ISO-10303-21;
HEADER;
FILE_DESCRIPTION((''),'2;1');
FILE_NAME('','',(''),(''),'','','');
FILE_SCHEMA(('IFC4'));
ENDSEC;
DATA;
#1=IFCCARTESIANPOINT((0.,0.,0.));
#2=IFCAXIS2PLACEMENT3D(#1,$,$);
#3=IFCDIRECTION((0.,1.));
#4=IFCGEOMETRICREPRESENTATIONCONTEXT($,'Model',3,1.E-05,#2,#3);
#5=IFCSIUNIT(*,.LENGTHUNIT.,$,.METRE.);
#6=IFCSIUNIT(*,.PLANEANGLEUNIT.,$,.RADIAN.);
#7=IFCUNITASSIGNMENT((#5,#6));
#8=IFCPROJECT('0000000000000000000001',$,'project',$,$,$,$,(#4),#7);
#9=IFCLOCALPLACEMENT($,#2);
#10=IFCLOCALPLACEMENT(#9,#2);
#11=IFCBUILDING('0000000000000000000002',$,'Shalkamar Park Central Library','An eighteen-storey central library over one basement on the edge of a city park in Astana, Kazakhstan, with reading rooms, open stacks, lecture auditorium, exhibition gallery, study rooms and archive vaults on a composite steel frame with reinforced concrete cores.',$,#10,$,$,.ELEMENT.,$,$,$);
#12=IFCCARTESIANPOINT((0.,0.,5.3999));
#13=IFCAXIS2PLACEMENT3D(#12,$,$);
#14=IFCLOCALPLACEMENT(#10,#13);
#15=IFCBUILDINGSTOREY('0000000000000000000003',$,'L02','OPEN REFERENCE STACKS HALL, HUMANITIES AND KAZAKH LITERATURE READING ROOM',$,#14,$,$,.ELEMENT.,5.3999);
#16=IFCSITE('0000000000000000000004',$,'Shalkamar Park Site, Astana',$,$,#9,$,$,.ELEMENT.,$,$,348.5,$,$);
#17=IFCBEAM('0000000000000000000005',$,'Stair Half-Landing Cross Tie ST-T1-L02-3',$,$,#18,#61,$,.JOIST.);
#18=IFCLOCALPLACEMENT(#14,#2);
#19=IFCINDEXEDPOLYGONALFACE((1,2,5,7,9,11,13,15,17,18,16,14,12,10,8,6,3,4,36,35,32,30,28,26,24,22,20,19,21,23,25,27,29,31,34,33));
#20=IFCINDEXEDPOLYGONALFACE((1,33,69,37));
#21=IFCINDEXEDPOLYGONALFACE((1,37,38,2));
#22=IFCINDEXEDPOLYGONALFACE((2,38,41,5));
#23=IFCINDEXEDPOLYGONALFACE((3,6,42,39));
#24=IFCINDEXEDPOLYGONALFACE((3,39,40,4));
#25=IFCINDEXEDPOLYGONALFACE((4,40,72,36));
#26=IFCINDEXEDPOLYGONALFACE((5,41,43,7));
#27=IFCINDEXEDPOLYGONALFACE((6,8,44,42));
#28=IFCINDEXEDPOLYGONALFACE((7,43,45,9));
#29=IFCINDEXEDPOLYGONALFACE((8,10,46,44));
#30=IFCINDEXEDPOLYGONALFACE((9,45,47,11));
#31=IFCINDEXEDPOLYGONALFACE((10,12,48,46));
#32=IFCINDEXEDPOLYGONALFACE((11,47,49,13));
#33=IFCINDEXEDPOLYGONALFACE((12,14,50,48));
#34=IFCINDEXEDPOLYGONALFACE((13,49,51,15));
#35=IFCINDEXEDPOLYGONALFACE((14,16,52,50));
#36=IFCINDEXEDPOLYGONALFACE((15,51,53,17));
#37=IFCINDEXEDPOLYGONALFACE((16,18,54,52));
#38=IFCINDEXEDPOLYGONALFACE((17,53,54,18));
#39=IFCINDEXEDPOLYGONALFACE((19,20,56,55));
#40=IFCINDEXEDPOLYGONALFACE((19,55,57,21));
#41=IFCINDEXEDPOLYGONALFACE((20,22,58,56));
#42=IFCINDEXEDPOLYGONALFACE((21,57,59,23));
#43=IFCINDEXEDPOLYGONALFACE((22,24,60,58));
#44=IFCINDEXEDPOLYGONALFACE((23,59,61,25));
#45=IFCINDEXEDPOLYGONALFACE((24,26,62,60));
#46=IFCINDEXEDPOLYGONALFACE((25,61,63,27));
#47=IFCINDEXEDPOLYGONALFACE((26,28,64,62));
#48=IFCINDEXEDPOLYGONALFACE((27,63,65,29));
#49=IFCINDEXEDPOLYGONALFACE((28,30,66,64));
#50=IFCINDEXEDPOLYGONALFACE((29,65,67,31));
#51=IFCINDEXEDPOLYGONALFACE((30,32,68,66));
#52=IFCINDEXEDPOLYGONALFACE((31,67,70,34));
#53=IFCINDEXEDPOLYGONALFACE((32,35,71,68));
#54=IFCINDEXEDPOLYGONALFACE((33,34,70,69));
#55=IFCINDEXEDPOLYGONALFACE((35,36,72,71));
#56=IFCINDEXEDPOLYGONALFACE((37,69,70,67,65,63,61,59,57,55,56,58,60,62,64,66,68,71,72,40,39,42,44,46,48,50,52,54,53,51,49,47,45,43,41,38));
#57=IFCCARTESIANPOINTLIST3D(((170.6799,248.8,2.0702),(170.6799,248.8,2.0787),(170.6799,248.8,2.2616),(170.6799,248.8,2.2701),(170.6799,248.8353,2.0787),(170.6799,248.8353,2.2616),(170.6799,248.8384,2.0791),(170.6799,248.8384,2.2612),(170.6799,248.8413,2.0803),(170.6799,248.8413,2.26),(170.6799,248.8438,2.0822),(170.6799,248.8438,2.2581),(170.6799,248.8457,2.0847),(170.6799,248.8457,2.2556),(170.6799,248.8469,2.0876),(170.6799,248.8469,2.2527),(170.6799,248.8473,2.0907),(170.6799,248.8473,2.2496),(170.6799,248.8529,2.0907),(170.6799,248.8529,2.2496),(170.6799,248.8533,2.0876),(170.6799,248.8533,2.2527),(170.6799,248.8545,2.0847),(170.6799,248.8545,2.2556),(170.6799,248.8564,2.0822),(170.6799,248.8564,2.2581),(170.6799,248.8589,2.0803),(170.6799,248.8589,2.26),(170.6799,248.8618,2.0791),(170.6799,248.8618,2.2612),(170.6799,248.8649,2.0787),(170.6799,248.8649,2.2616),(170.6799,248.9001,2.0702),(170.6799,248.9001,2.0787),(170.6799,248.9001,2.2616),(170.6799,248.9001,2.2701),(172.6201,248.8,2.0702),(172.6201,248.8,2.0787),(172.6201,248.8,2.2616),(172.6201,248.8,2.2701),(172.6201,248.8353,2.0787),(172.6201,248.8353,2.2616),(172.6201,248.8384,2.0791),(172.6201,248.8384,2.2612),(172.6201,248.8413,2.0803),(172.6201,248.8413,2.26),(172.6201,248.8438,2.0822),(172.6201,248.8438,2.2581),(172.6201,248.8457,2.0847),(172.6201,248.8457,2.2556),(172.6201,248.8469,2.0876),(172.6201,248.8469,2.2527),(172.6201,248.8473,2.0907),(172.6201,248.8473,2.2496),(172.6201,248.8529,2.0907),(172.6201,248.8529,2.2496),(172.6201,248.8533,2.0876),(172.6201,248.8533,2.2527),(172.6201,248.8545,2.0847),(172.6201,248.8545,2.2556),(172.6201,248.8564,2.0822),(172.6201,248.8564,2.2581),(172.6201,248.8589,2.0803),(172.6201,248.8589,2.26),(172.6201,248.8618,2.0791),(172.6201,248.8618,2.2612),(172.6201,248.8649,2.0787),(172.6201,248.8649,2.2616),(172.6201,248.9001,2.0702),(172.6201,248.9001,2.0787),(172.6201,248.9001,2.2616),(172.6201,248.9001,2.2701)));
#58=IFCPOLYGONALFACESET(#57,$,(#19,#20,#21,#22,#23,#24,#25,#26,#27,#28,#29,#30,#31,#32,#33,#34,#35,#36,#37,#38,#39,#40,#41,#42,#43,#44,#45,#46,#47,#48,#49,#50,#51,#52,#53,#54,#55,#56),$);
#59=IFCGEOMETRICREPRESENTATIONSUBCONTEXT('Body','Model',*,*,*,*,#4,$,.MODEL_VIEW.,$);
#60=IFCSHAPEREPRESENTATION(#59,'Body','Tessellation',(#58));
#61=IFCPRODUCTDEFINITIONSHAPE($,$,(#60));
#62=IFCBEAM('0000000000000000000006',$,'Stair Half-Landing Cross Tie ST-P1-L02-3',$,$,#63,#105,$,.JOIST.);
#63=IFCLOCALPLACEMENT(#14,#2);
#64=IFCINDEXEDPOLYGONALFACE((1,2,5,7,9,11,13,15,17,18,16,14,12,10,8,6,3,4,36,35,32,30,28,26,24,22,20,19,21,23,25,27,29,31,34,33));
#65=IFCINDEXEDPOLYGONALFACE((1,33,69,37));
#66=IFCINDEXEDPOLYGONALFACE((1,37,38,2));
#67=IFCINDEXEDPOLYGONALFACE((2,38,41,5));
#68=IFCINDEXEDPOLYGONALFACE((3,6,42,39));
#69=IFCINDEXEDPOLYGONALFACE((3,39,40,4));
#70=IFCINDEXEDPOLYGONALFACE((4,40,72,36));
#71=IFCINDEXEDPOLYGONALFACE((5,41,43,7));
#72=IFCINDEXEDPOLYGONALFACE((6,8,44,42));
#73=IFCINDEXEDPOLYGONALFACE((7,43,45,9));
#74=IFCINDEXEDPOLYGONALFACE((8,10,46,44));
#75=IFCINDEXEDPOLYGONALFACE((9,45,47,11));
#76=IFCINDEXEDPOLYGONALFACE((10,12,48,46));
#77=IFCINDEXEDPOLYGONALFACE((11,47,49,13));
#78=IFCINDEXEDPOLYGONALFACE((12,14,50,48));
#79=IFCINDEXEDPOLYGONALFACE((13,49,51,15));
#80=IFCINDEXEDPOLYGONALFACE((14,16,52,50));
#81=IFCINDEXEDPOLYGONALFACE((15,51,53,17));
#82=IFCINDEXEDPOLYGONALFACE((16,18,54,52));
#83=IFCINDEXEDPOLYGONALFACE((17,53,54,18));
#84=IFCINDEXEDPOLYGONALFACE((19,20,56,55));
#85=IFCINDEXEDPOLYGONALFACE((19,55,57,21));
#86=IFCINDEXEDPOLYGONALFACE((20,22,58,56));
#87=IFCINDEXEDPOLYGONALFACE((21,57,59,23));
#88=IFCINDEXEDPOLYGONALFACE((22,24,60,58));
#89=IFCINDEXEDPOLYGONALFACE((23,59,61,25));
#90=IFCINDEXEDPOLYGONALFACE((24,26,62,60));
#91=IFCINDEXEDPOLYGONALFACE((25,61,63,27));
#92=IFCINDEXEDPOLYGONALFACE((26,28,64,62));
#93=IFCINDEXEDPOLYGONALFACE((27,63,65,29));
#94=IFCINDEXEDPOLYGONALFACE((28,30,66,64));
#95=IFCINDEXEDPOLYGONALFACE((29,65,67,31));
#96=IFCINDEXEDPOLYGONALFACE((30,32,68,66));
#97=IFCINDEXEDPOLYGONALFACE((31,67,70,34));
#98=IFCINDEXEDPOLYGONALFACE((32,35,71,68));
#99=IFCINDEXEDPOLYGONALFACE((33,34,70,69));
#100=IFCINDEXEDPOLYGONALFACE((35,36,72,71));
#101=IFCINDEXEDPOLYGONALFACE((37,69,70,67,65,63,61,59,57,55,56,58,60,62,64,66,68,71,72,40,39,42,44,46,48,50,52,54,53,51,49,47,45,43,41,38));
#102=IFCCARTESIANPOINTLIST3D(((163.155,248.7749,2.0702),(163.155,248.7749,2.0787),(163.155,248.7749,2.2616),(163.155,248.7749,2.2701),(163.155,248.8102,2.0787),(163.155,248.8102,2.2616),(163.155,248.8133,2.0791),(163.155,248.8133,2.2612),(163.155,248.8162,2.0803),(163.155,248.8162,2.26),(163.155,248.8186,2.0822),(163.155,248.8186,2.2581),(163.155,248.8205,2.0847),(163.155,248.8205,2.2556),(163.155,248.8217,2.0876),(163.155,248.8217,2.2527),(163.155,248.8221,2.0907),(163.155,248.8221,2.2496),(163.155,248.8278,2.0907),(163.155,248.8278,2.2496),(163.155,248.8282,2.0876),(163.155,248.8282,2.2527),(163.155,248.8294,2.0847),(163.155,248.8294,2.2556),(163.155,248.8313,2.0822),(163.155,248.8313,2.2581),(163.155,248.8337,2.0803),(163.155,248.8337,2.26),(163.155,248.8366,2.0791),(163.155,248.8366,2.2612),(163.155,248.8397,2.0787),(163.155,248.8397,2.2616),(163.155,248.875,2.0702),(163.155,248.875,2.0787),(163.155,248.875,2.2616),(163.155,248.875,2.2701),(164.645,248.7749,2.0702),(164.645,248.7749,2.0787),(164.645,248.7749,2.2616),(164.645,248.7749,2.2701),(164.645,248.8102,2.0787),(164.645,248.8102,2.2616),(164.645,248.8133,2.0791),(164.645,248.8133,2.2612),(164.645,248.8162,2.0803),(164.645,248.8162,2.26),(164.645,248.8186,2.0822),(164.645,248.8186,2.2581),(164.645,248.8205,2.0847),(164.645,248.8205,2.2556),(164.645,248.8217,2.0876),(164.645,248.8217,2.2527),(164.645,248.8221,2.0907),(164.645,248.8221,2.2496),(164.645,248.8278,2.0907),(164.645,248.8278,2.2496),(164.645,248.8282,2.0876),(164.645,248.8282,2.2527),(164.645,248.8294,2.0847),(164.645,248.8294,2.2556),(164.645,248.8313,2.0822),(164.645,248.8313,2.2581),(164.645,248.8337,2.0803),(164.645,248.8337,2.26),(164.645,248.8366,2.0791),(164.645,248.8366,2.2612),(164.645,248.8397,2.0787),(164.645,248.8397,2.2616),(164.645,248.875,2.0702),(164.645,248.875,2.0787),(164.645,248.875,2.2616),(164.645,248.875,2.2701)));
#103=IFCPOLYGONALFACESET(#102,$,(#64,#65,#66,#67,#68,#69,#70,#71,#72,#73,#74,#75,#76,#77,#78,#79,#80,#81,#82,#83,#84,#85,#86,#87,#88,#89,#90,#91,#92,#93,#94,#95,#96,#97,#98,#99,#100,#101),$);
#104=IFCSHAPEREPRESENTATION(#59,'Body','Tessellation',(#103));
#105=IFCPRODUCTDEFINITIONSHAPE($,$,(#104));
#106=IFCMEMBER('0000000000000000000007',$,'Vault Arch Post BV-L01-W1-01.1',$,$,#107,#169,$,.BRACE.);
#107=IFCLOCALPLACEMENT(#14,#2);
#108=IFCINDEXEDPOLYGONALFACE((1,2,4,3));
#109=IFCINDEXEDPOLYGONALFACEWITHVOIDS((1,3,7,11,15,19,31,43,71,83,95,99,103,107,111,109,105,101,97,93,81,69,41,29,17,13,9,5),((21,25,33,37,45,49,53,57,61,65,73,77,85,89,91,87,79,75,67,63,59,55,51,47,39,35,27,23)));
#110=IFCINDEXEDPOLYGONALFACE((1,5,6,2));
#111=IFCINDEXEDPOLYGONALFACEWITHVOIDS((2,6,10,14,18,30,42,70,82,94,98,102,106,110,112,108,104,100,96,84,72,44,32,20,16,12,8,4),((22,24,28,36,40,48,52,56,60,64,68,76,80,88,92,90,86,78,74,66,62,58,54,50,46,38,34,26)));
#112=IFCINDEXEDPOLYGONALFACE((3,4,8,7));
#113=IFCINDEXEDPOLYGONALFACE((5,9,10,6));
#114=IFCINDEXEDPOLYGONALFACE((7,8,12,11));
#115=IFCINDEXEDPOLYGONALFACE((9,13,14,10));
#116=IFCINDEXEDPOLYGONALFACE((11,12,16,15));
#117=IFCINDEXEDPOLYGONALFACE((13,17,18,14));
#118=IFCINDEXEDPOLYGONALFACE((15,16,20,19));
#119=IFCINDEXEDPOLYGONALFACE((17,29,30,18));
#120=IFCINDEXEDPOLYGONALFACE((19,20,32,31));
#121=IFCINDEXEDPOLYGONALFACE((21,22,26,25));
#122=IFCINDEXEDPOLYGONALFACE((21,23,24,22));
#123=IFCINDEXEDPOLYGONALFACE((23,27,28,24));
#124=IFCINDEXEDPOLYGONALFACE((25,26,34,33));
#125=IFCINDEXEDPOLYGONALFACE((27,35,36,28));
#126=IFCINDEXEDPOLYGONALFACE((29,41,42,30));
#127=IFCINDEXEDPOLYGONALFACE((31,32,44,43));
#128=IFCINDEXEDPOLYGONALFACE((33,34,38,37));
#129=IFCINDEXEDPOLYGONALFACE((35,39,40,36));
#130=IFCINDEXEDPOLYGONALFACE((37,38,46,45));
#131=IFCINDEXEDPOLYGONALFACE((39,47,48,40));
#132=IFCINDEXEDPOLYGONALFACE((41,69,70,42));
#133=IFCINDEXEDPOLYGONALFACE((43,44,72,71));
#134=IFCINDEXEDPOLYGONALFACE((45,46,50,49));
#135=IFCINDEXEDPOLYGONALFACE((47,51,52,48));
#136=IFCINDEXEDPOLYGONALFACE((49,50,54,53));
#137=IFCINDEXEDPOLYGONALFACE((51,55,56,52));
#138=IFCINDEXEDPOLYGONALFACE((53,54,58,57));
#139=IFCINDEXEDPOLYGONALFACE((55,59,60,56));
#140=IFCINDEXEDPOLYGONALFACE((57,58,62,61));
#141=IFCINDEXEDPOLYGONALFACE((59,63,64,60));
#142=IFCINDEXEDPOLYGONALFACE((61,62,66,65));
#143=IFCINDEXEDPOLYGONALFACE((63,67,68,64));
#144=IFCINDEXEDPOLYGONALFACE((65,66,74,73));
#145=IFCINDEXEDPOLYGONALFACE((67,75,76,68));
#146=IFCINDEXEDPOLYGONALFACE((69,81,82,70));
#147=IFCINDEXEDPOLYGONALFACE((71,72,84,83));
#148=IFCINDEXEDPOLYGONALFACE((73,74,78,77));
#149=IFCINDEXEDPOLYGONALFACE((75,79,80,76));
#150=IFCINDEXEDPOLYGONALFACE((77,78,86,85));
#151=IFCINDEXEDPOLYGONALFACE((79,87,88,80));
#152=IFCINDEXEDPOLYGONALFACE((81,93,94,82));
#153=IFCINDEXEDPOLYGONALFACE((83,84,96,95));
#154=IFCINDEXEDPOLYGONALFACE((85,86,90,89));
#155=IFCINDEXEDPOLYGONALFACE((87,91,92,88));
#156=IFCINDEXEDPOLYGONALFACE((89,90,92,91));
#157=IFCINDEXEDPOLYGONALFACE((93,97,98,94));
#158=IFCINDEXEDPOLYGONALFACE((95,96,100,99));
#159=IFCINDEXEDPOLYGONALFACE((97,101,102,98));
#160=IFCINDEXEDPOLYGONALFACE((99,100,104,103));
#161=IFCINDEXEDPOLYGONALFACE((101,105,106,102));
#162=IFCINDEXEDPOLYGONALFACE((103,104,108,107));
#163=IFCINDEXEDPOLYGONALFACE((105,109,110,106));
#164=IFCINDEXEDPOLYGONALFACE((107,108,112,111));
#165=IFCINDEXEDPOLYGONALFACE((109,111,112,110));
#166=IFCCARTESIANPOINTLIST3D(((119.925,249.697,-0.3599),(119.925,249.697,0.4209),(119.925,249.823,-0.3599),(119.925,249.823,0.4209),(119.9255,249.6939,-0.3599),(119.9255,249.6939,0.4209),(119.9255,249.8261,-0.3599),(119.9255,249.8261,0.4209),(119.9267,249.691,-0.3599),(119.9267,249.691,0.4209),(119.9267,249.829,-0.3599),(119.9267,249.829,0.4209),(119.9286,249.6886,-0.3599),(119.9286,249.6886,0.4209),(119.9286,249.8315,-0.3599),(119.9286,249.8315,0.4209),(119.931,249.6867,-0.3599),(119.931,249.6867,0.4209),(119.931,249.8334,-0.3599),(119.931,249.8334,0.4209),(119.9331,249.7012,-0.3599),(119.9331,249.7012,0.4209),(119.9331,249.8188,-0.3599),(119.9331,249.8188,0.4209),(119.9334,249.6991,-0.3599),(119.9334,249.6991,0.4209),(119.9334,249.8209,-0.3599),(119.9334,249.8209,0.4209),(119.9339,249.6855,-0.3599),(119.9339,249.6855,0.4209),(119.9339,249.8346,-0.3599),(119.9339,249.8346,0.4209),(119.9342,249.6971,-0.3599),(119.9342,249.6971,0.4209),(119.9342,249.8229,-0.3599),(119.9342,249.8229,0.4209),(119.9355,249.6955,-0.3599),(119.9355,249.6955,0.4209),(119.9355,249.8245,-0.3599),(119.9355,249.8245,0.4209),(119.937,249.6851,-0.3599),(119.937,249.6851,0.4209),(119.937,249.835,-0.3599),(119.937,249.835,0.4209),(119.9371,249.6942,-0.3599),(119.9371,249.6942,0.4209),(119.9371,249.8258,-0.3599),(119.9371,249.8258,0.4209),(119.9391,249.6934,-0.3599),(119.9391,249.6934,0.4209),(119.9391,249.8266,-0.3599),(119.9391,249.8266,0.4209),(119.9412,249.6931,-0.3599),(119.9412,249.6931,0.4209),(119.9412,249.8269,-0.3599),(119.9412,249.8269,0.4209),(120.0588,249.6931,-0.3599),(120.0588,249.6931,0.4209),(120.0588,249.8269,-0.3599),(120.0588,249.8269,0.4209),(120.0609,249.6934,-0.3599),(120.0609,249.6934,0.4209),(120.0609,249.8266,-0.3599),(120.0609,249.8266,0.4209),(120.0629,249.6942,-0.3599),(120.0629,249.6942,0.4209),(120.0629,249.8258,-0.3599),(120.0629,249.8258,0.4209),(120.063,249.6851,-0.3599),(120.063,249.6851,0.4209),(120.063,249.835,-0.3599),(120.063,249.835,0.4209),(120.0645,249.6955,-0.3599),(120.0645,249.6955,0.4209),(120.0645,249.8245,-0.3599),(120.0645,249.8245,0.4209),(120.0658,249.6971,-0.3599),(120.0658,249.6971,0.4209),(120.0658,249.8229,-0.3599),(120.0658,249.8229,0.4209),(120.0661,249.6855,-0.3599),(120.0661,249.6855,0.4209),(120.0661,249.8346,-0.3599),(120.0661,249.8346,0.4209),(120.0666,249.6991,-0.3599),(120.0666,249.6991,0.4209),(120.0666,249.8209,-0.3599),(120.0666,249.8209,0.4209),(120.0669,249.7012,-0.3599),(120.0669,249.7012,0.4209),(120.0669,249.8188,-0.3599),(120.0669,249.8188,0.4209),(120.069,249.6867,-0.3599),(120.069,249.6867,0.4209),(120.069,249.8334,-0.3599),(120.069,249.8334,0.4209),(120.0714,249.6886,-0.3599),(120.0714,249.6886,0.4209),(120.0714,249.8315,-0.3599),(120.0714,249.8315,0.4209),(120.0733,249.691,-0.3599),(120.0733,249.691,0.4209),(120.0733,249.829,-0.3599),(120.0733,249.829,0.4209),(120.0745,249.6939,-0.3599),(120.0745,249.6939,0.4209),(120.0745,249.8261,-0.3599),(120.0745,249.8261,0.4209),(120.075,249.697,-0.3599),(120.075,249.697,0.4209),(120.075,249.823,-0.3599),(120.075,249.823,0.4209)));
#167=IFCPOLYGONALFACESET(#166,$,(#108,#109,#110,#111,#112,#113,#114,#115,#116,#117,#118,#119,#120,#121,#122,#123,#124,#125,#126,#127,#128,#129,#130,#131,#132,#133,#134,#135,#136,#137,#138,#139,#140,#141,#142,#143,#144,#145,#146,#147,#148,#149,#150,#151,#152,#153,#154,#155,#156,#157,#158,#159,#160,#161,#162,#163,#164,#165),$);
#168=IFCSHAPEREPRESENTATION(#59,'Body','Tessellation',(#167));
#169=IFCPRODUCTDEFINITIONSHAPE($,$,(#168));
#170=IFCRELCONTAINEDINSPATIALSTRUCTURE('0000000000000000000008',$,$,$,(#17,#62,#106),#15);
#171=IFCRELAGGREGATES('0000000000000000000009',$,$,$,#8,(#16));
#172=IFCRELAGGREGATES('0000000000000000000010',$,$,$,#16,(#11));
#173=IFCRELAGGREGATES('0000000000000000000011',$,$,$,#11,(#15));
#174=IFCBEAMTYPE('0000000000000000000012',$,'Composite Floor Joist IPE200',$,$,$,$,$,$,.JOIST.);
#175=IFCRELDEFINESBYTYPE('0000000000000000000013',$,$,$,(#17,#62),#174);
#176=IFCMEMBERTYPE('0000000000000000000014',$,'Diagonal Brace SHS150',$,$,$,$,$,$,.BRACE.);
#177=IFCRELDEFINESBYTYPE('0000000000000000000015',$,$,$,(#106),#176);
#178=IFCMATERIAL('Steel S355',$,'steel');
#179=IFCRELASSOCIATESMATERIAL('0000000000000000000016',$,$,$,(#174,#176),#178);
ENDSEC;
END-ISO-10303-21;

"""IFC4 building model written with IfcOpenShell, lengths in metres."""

from ifc_helpers import new_model, si_unit, direction, frame, origin, origin_2d, place, context, subcontext, project, spatial, hollow_rectangle, i_section, extrude, material, material_profile, profile_set, type_object, element, save


model = new_model("IFC4")

# Units and contexts
model_context = context("Model", 3, precision=1e-05, world=origin(), true_north=direction((0.0, 1.0)))
body_context = subcontext(model_context, "Body", "Model", "MODEL_VIEW")
ifc_project = project(units=[si_unit("LENGTHUNIT", "METRE"), si_unit("PLANEANGLEUNIT", "RADIAN")], contexts=[model_context])

# Site, building, storey
site_placement = place(None, origin())
site = spatial("IfcSite", under=ifc_project, at=site_placement, Name="Shalkamar Park Site, Astana", CompositionType="ELEMENT", RefElevation=348.5)
building_placement = place(site_placement, origin())
building = spatial("IfcBuilding", under=site, at=building_placement, Name="Shalkamar Park Central Library", Description="An eighteen-storey central library over one basement on the edge of a city park in Astana, Kazakhstan, with reading rooms, open stacks, lecture auditorium, exhibition gallery, study rooms and archive vaults on a composite steel frame with reinforced concrete cores.", CompositionType="ELEMENT")
storey_placement = place(building_placement, frame((0.0, 0.0, 5.3999)))
storey = spatial("IfcBuildingStorey", under=building, at=storey_placement, Name="L02", Description="OPEN REFERENCE STACKS HALL, HUMANITIES AND KAZAKH LITERATURE READING ROOM", CompositionType="ELEMENT", Elevation=5.3999)

# Beams
ifc_material_1 = material(Name="Steel S355", Category="steel")
ifc_material_profile_1 = material_profile(ifc_material_1, i_section(OverallWidth=0.1001, OverallDepth=0.2, WebThickness=0.0056, FlangeThickness=0.0085, FilletRadius=0.012, at=origin_2d()), Name="IPE 200")
ifc_profile_set_1 = profile_set([ifc_material_profile_1], Name="Steel S355")
beam_type = type_object("IfcBeamType", Name="Composite Floor Joist IPE200", PredefinedType="JOIST", material=ifc_profile_set_1)
beam_1_placement = place(storey_placement, frame((170.6799, 248.8501, 2.1702), z_axis=(1.0, 0.0, 0.0), x_axis=(0.0, 1.0, 0.0)))
element("IfcBeam", 1, at=beam_1_placement, inside=storey, type_object=beam_type, Name="Stair Half-Landing Cross Tie ST-T1-L02-3", PredefinedType="JOIST", context=body_context, shape_type="SweptSolid", body=[
    extrude(i_section(OverallWidth=0.1001, OverallDepth=0.2, WebThickness=0.0056, FlangeThickness=0.0085, FilletRadius=0.012, at=origin_2d()), origin(), (0.0, 0.0, 1.0), 1.9402),
])
beam_2_placement = place(storey_placement, frame((163.155, 248.825, 2.1702), z_axis=(1.0, 0.0, 0.0), x_axis=(0.0, 1.0, 0.0)))
element("IfcBeam", 2, at=beam_2_placement, inside=storey, type_object=beam_type, Name="Stair Half-Landing Cross Tie ST-P1-L02-3", PredefinedType="JOIST", context=body_context, shape_type="SweptSolid", body=[
    extrude(i_section(OverallWidth=0.1001, OverallDepth=0.2, WebThickness=0.0056, FlangeThickness=0.0085, FilletRadius=0.012, at=origin_2d()), origin(), (0.0, 0.0, 1.0), 1.49),
])

# Member
ifc_material_profile_2 = material_profile(ifc_material_1, hollow_rectangle(XDim=0.1499, YDim=0.1499, WallThickness=0.0081, InnerFilletRadius=0.0081, OuterFilletRadius=0.012, at=origin_2d()), Name="SHS 150x150x8")
ifc_profile_set_2 = profile_set([ifc_material_profile_2], Name="Steel S355")
member_type_1 = type_object("IfcMemberType", Name="Diagonal Brace SHS150", PredefinedType="BRACE", material=ifc_profile_set_2)
member_1_placement = place(storey_placement, frame((120.0, 249.76, -0.3599), z_axis=(0.0, 0.0, 1.0), x_axis=(1.0, 0.0, 0.0)))
element("IfcMember", 3, at=member_1_placement, inside=storey, type_object=member_type_1, Name="Vault Arch Post BV-L01-W1-01.1", PredefinedType="BRACE", context=body_context, shape_type="SweptSolid", body=[
    extrude(hollow_rectangle(XDim=0.1499, YDim=0.1499, WallThickness=0.0081, InnerFilletRadius=0.0081, OuterFilletRadius=0.012, at=origin_2d()), origin(), (0.0, 0.0, 1.0), 0.7808),
])

save(model, "model.ifc")
